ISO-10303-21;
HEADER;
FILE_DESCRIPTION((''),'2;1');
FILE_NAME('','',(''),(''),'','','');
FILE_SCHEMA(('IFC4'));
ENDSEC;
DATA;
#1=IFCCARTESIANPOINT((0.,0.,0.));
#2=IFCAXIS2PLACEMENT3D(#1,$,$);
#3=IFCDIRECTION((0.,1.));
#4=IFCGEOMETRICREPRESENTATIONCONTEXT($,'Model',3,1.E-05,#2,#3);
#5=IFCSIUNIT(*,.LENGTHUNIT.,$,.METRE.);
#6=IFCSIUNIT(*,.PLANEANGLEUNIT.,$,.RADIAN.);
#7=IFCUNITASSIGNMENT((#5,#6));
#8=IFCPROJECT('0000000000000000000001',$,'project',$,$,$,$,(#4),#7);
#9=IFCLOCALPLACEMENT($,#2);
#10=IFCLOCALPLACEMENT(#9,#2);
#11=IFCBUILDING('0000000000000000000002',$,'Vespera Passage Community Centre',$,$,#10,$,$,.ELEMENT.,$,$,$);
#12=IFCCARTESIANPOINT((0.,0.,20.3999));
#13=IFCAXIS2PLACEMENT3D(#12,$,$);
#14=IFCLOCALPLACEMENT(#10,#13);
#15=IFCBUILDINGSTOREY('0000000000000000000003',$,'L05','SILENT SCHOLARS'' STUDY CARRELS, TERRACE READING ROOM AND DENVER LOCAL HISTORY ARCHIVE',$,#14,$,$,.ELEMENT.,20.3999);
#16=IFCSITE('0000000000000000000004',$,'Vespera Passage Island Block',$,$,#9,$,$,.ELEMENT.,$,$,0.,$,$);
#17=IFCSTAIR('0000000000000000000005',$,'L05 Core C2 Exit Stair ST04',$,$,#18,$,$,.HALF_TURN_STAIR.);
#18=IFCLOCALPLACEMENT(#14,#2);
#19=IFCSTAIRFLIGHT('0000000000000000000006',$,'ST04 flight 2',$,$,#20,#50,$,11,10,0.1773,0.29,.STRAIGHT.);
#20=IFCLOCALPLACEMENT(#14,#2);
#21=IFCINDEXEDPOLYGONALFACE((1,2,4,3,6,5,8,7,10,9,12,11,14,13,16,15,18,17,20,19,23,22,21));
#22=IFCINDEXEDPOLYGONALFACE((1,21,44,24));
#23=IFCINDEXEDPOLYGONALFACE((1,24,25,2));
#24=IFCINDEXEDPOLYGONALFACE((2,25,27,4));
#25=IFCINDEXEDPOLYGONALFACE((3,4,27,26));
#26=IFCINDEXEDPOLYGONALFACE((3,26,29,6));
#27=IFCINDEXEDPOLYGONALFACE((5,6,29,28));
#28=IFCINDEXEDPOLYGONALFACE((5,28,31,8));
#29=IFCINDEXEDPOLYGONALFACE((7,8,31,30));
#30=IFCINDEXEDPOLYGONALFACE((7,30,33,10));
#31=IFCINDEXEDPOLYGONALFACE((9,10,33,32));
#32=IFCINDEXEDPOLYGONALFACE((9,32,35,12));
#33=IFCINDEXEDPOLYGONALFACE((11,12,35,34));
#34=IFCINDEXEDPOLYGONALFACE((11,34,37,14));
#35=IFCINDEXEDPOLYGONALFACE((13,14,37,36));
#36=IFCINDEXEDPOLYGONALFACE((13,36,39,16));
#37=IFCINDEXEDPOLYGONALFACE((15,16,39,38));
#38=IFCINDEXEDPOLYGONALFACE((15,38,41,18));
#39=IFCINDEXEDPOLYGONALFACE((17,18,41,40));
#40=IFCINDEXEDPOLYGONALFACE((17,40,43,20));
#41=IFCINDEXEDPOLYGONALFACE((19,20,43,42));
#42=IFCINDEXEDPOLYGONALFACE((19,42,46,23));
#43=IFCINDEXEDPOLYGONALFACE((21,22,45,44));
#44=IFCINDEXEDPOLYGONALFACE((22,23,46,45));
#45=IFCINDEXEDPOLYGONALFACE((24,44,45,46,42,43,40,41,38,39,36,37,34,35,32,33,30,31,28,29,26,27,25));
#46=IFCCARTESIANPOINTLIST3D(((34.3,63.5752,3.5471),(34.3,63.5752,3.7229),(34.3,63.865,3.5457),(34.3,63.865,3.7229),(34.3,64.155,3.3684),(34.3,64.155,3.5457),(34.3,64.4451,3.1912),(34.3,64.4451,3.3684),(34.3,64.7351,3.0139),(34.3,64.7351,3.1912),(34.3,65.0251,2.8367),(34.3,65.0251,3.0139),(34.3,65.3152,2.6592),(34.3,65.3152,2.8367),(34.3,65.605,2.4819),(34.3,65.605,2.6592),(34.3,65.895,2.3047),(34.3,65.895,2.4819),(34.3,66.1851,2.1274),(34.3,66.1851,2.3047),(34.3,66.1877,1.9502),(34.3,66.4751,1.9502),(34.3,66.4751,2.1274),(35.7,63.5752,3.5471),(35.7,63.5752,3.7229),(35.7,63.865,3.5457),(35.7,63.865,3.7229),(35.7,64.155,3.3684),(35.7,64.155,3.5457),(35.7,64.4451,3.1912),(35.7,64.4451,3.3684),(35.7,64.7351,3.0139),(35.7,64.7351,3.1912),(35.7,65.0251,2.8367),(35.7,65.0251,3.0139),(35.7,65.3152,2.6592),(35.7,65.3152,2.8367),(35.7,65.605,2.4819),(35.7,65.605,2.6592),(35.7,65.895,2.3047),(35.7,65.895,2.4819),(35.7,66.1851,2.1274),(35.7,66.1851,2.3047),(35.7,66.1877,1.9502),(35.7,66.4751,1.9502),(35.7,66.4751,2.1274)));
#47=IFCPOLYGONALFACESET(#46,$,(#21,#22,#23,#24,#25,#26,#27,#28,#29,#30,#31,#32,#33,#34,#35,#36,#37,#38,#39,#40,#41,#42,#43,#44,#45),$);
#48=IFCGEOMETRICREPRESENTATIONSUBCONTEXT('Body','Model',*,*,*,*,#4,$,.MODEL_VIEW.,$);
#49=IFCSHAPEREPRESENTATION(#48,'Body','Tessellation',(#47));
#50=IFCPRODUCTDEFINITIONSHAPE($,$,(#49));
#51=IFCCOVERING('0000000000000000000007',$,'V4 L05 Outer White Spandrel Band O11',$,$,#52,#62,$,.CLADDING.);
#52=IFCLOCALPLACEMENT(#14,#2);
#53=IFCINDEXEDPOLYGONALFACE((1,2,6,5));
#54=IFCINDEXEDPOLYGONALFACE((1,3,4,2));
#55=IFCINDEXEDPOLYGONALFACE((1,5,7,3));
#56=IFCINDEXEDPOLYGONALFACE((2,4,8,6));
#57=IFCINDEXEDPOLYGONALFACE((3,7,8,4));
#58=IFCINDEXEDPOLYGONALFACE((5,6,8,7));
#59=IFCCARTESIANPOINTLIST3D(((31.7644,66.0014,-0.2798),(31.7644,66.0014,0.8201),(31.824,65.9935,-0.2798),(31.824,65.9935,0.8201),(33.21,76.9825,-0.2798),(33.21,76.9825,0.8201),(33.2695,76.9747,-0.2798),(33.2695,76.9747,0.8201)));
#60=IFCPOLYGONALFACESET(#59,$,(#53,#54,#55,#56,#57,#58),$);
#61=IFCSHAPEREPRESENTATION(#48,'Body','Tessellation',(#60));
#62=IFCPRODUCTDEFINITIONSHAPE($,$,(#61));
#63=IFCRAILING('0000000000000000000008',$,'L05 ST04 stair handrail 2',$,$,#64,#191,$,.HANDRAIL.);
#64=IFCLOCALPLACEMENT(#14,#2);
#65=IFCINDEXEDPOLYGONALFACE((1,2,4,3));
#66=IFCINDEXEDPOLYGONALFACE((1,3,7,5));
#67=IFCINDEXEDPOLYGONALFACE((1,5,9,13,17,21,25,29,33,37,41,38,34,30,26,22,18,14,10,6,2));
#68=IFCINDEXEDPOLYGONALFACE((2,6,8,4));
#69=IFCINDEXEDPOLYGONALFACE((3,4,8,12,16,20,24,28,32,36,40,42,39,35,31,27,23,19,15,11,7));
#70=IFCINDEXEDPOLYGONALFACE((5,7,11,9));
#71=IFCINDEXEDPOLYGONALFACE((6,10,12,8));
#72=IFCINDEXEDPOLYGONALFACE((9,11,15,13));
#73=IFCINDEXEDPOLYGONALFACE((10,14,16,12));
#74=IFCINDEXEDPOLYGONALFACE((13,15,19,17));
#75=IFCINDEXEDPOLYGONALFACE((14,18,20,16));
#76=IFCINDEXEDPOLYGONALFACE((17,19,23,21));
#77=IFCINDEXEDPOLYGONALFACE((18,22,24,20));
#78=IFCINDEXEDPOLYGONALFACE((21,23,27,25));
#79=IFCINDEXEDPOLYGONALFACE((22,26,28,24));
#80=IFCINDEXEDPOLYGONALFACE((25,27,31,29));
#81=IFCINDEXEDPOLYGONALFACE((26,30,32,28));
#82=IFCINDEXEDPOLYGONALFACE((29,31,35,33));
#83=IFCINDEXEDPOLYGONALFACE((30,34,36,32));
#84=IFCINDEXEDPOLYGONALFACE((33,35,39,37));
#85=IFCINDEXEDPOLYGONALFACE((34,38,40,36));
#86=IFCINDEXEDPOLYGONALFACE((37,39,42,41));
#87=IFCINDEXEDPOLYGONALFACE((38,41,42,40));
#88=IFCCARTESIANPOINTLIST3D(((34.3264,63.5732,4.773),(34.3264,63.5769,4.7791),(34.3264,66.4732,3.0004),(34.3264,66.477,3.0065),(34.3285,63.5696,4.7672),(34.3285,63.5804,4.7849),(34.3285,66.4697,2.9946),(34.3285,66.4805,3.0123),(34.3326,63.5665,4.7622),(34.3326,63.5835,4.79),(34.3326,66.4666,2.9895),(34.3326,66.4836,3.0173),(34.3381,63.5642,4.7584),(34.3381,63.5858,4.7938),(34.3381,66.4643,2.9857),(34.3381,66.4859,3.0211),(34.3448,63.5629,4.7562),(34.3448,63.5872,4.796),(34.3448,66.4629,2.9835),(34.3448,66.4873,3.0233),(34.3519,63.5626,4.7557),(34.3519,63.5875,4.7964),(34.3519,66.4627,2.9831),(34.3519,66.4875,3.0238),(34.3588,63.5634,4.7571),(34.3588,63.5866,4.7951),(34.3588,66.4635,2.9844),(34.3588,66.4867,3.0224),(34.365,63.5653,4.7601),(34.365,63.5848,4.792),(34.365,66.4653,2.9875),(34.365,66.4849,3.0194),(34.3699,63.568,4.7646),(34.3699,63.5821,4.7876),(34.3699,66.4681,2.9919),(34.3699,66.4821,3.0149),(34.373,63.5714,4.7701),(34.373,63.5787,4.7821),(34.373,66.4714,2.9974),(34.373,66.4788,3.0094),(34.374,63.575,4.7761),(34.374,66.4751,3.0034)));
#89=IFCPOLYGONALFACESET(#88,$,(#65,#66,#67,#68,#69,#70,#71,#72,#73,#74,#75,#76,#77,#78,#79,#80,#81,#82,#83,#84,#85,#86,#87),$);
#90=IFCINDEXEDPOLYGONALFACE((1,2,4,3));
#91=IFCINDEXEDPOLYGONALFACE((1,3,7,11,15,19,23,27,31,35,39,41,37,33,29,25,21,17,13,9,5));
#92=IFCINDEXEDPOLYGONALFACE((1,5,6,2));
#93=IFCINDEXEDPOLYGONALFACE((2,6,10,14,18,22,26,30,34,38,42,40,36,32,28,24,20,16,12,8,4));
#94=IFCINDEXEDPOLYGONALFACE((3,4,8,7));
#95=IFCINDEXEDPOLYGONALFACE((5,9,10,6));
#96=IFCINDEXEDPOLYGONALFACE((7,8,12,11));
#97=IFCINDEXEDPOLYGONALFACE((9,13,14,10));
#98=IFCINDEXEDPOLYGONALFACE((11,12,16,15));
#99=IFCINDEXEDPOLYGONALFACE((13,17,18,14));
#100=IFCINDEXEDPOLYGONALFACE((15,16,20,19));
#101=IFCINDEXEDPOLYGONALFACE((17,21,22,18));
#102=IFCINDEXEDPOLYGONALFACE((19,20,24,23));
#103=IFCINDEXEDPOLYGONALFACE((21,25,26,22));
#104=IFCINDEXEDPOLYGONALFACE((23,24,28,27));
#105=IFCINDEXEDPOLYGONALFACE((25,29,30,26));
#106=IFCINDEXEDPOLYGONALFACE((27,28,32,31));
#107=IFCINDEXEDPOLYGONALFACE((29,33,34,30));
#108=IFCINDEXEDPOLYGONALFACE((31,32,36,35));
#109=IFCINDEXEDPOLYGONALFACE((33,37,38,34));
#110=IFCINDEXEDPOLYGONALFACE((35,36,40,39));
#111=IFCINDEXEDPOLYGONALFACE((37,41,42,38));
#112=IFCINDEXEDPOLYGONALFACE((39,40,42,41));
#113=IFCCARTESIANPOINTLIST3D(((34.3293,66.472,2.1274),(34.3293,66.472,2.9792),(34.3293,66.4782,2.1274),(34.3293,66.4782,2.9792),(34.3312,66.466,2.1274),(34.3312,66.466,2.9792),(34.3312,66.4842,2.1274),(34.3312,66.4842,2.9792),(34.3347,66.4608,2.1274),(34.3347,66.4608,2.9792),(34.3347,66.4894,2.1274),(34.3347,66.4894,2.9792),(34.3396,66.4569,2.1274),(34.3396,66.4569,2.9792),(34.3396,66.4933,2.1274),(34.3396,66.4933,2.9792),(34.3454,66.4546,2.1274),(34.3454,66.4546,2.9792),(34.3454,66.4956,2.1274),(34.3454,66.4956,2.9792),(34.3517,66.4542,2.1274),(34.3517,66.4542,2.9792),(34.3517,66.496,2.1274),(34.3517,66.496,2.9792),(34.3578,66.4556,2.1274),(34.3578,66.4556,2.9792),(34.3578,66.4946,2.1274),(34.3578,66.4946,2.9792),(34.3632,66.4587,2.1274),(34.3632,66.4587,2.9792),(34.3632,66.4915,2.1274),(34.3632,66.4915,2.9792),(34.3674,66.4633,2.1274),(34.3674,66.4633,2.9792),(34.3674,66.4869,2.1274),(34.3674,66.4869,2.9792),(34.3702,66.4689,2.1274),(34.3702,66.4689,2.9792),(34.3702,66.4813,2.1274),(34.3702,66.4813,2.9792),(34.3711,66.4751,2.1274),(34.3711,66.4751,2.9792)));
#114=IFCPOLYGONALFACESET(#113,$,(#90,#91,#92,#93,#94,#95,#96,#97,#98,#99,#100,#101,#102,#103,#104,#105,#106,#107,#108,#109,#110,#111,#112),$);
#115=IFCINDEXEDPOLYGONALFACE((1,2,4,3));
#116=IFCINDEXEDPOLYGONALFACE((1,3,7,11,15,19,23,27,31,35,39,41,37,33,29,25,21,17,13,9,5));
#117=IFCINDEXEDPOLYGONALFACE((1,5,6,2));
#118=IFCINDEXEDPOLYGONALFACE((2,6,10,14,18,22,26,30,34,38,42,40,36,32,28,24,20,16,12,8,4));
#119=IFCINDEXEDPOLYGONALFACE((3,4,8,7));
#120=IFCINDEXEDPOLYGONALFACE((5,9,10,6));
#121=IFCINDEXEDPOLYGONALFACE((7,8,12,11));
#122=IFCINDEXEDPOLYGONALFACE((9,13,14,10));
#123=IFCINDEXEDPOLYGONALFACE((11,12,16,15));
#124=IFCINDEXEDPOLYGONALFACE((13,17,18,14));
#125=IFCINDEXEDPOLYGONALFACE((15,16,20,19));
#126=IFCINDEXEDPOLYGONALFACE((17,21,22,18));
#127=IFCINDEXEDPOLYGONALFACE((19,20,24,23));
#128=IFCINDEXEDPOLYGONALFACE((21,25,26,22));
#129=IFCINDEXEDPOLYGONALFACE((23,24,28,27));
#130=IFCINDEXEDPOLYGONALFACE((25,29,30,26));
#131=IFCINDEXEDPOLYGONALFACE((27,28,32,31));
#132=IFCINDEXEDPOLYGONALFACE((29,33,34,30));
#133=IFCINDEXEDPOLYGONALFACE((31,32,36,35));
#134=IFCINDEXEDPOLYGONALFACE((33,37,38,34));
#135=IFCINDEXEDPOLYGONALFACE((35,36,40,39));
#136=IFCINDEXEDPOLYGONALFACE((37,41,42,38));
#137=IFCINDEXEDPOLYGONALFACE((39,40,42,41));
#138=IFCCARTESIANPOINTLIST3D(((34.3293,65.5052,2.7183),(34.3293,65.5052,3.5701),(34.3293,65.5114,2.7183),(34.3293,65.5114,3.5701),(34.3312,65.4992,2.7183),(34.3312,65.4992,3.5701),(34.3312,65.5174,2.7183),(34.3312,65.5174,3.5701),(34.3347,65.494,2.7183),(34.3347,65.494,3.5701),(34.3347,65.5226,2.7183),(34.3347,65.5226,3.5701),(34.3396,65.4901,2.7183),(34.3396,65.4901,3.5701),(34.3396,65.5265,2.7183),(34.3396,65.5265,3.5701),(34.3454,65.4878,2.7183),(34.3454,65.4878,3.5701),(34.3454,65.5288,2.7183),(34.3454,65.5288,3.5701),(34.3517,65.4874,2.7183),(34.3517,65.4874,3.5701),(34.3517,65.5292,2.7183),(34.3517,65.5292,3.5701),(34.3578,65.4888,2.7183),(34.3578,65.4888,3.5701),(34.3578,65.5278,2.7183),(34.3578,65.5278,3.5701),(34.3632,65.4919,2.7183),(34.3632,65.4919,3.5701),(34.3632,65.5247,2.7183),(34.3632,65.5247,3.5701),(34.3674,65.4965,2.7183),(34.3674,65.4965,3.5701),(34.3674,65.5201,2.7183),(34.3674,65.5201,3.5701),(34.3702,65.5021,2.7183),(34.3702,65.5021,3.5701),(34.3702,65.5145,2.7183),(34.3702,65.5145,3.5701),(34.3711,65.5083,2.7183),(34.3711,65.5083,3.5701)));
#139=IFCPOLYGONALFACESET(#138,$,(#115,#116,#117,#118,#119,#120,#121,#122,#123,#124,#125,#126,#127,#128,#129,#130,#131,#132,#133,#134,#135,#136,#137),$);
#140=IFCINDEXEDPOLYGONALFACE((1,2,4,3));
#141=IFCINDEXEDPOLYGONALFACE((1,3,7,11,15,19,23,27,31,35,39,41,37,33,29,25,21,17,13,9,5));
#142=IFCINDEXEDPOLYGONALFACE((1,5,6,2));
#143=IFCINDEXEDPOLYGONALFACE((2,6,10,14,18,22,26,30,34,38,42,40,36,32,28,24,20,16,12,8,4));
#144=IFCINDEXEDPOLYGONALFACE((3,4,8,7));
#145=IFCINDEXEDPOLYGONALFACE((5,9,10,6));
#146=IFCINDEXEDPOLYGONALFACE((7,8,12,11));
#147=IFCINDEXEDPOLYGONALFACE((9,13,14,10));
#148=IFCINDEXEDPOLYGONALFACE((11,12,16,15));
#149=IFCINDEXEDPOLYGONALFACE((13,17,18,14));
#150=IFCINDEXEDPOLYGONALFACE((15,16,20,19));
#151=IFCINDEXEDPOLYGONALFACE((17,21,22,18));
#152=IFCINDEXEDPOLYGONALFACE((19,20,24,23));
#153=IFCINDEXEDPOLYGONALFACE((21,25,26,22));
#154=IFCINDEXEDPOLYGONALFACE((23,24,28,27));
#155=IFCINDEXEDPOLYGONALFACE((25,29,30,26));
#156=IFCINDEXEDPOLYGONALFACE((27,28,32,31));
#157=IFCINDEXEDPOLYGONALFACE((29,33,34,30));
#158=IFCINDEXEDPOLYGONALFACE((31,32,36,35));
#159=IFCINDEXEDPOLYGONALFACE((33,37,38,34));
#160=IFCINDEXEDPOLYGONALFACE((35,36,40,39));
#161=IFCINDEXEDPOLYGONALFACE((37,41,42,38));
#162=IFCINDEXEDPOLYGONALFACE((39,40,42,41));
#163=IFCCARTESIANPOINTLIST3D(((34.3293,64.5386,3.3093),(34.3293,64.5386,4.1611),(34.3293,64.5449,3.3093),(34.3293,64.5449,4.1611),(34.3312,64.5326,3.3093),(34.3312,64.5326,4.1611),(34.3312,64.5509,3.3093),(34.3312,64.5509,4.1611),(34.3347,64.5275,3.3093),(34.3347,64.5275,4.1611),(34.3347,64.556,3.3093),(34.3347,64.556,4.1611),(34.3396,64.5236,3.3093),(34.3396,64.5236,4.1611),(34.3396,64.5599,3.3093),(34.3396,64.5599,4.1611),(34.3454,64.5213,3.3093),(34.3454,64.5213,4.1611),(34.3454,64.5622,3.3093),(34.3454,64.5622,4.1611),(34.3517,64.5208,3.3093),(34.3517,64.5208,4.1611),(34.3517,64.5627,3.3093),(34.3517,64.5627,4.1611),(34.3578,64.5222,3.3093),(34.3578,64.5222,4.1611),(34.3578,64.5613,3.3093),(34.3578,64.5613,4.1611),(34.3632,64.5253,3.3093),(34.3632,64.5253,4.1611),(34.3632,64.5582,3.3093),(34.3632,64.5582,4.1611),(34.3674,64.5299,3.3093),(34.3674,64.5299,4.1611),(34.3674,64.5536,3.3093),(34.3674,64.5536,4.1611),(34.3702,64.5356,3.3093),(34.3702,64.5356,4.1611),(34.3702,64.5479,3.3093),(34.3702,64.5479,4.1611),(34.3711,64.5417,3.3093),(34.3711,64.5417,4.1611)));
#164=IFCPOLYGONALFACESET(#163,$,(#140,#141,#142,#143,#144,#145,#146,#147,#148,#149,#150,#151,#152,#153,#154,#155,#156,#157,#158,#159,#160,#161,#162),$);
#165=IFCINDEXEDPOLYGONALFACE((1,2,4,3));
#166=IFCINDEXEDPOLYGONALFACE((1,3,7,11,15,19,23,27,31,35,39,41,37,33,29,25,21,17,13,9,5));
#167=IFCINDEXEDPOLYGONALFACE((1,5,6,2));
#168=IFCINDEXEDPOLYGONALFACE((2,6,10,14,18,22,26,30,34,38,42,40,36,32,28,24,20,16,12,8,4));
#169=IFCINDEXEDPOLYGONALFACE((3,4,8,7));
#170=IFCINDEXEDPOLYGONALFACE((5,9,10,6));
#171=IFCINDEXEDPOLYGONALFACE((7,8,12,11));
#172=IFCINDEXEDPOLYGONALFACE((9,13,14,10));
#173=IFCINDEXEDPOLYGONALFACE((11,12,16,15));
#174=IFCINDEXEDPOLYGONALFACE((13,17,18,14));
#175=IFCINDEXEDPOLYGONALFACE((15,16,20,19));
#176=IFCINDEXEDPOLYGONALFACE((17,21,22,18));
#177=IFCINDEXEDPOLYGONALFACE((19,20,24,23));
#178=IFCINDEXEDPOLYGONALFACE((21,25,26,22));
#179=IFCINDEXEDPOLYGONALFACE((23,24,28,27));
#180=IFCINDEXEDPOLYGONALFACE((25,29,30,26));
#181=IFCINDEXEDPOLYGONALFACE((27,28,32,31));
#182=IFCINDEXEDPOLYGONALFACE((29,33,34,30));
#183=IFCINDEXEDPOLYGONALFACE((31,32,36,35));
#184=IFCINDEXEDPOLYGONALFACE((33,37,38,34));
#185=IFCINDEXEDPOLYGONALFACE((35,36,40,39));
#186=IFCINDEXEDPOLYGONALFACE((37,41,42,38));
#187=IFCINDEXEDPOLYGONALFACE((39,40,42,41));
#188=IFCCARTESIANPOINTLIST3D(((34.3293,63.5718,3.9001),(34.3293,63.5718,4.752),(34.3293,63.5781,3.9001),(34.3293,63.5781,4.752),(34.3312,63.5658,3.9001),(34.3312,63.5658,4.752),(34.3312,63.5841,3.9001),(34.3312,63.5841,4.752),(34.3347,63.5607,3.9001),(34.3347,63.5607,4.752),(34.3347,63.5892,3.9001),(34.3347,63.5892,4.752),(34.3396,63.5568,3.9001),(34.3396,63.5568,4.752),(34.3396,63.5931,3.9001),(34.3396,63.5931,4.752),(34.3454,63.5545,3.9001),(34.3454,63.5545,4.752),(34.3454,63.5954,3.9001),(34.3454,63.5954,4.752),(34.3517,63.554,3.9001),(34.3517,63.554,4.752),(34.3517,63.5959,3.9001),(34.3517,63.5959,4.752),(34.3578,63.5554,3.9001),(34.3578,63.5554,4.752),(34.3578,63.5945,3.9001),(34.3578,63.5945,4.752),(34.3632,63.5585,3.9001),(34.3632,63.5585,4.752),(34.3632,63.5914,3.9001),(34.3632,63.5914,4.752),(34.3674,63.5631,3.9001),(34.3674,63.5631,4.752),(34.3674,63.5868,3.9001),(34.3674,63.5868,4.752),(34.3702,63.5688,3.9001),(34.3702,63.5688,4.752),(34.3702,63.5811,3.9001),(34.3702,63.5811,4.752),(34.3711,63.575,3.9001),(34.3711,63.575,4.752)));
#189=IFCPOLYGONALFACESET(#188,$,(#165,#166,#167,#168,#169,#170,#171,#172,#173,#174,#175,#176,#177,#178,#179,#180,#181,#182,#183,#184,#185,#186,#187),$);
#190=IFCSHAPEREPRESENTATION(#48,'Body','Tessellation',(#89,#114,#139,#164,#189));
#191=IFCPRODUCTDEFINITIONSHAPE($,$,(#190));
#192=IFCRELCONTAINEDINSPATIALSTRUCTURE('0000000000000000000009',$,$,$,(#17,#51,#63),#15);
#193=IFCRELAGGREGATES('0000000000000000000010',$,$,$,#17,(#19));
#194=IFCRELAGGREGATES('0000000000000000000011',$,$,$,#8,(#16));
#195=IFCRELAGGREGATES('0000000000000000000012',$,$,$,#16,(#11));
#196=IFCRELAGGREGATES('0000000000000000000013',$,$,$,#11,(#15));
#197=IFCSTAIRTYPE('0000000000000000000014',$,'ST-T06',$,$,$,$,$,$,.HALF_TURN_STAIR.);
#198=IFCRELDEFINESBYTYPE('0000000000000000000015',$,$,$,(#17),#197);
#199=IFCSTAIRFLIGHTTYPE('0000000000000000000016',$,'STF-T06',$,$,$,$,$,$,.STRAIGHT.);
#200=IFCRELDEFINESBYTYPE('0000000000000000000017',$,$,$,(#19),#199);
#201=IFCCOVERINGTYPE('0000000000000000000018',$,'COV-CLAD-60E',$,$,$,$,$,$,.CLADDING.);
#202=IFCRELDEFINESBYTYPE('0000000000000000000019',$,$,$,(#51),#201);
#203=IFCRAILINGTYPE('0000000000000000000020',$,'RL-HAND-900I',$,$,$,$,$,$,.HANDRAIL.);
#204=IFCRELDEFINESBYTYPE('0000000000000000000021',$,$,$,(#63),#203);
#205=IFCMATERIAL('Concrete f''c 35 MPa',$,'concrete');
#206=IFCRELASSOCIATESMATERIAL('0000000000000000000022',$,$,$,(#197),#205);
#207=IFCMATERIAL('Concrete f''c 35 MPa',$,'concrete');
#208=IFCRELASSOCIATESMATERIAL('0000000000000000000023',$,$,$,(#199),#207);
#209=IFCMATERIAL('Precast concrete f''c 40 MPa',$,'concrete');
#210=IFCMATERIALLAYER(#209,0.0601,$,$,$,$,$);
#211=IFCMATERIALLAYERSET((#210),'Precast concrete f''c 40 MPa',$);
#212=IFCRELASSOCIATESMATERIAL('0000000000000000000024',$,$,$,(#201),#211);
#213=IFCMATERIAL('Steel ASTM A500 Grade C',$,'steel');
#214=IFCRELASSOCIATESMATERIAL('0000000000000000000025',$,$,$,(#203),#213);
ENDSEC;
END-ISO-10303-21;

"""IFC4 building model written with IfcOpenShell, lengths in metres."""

from ifc_helpers import new_model, si_unit, direction, frame, frame_2d, origin, origin_2d, place, context, subcontext, project, spatial, polyline, rectangle, circle, outline, extrude, material, layer, layer_set, type_object, element, aggregate, save


model = new_model("IFC4")

# Units and contexts
model_context = context("Model", 3, precision=1e-05, world=origin(), true_north=direction((0.0, 1.0)))
body_context = subcontext(model_context, "Body", "Model", "MODEL_VIEW")
ifc_project = project(units=[si_unit("LENGTHUNIT", "METRE"), si_unit("PLANEANGLEUNIT", "RADIAN")], contexts=[model_context])

# Site, building, storey
site_placement = place(None, origin())
site = spatial("IfcSite", under=ifc_project, at=site_placement, Name="Vespera Passage Island Block", CompositionType="ELEMENT", RefElevation=0.0)
building_placement = place(site_placement, origin())
building = spatial("IfcBuilding", under=site, at=building_placement, Name="Vespera Passage Community Centre", CompositionType="ELEMENT")
storey_placement = place(building_placement, frame((0.0, 0.0, 20.3999)))
storey = spatial("IfcBuildingStorey", under=building, at=storey_placement, Name="L05", Description="SILENT SCHOLARS' STUDY CARRELS, TERRACE READING ROOM AND DENVER LOCAL HISTORY ARCHIVE", CompositionType="ELEMENT", Elevation=20.3999)

# Stair, stair flight
ifc_material_1 = material(Name="Concrete f'c 35 MPa", Category="concrete")
stair_type = type_object("IfcStairType", Name="ST-T06", PredefinedType="HALF_TURN_STAIR", material=ifc_material_1)
stair_placement = place(storey_placement, origin())
stair = element("IfcStair", 1, at=stair_placement, inside=storey, type_object=stair_type, Name="L05 Core C2 Exit Stair ST04", PredefinedType="HALF_TURN_STAIR")
ifc_material_2 = material(Name="Concrete f'c 35 MPa", Category="concrete")
stair_flight_type = type_object("IfcStairFlightType", Name="STF-T06", PredefinedType="STRAIGHT", material=ifc_material_2)
stair_flight_1_placement = place(storey_placement, frame((35.0, 66.4751, 1.9502), z_axis=(0.0, 0.0, 1.0), x_axis=(0.0, -1.0, 0.0)))
stair_flight_1 = element("IfcStairFlight", 2, at=stair_flight_1_placement, type_object=stair_flight_type, Name="ST04 flight 2", NumberOfRisers=11, NumberOfTreads=10, PredefinedType="STRAIGHT", RiserHeight=0.1773, TreadLength=0.29, context=body_context, shape_type="SweptSolid", body=[
    extrude(outline(polyline([(0.0, 0.0), (0.0, 0.1772), (0.29, 0.1772), (0.29, 0.3545), (0.5801, 0.3545), (0.5801, 0.5317), (0.8701, 0.5317), (0.8701, 0.709), (1.1599, 0.709), (1.1599, 0.8865), (1.45, 0.8865), (1.45, 1.0637), (1.74, 1.0637), (1.74, 1.241), (2.03, 1.241), (2.03, 1.4182), (2.3201, 1.4182), (2.3201, 1.5955), (2.6101, 1.5955), (2.6101, 1.7727), (2.8999, 1.7727), (2.8999, 1.95), (2.8999, 1.5969), (0.2874, 0.0), (0.0, 0.0)])), frame((0.0, 0.7, 0.0), z_axis=(0.0, -1.0, 0.0), x_axis=(1.0, 0.0, 0.0)), (0.0, 0.0, 1.0), 1.3999),
])
aggregate(stair, [stair_flight_1])

# Covering
ifc_material_3 = material(Name="Precast concrete f'c 40 MPa", Category="concrete")
ifc_layer_1 = layer(ifc_material_3, 0.0601)
ifc_layer_set_1 = layer_set([ifc_layer_1], Name="Precast concrete f'c 40 MPa")
covering_type = type_object("IfcCoveringType", Name="COV-CLAD-60E", PredefinedType="CLADDING", material=ifc_layer_set_1)
covering_placement = place(storey_placement, frame((31.7942, 65.9973, -0.2798), z_axis=(0.0, 0.0, 1.0), x_axis=(0.130513, 0.991447, 0.0)))
element("IfcCovering", 3, at=covering_placement, inside=storey, type_object=covering_type, Name="V4 L05 Outer White Spandrel Band O11", PredefinedType="CLADDING", context=body_context, shape_type="SweptSolid", body=[
    extrude(rectangle(XDim=11.0759, YDim=0.0601, at=frame_2d((5.5381, 0.0))), origin(), (0.0, 0.0, 1.0), 1.0999),
])

# Railing
ifc_material_4 = material(Name="Steel ASTM A500 Grade C", Category="steel")
railing_type_1 = type_object("IfcRailingType", Name="RL-HAND-900I", PredefinedType="HANDRAIL", material=ifc_material_4)
railing_1_placement = place(storey_placement, frame((34.3501, 66.4751, 2.1274)))
element("IfcRailing", 4, at=railing_1_placement, inside=storey, type_object=railing_type_1, Name="L05 ST04 stair handrail 2", PredefinedType="HANDRAIL", context=body_context, shape_type="SweptSolid", body=[
    extrude(circle(Radius=0.0239, at=origin_2d()), frame((0.0, 0.0, 0.876), z_axis=(0.0, -0.85323, 0.521534), x_axis=(1.0, 0.0, 0.0)), (0.0, 0.0, 1.0), 3.3989),
    extrude(circle(Radius=0.021, at=origin_2d()), origin(), (0.0, 0.0, 1.0), 0.8518),
    extrude(circle(Radius=0.021, at=origin_2d()), frame((0.0, -0.9668, 0.5908)), (0.0, 0.0, 1.0), 0.8518),
    extrude(circle(Radius=0.021, at=origin_2d()), frame((0.0, -1.9333, 1.1819)), (0.0, 0.0, 1.0), 0.8518),
    extrude(circle(Radius=0.021, at=origin_2d()), frame((0.0, -2.9001, 1.7727)), (0.0, 0.0, 1.0), 0.8518),
])

save(model, "model.ifc")
